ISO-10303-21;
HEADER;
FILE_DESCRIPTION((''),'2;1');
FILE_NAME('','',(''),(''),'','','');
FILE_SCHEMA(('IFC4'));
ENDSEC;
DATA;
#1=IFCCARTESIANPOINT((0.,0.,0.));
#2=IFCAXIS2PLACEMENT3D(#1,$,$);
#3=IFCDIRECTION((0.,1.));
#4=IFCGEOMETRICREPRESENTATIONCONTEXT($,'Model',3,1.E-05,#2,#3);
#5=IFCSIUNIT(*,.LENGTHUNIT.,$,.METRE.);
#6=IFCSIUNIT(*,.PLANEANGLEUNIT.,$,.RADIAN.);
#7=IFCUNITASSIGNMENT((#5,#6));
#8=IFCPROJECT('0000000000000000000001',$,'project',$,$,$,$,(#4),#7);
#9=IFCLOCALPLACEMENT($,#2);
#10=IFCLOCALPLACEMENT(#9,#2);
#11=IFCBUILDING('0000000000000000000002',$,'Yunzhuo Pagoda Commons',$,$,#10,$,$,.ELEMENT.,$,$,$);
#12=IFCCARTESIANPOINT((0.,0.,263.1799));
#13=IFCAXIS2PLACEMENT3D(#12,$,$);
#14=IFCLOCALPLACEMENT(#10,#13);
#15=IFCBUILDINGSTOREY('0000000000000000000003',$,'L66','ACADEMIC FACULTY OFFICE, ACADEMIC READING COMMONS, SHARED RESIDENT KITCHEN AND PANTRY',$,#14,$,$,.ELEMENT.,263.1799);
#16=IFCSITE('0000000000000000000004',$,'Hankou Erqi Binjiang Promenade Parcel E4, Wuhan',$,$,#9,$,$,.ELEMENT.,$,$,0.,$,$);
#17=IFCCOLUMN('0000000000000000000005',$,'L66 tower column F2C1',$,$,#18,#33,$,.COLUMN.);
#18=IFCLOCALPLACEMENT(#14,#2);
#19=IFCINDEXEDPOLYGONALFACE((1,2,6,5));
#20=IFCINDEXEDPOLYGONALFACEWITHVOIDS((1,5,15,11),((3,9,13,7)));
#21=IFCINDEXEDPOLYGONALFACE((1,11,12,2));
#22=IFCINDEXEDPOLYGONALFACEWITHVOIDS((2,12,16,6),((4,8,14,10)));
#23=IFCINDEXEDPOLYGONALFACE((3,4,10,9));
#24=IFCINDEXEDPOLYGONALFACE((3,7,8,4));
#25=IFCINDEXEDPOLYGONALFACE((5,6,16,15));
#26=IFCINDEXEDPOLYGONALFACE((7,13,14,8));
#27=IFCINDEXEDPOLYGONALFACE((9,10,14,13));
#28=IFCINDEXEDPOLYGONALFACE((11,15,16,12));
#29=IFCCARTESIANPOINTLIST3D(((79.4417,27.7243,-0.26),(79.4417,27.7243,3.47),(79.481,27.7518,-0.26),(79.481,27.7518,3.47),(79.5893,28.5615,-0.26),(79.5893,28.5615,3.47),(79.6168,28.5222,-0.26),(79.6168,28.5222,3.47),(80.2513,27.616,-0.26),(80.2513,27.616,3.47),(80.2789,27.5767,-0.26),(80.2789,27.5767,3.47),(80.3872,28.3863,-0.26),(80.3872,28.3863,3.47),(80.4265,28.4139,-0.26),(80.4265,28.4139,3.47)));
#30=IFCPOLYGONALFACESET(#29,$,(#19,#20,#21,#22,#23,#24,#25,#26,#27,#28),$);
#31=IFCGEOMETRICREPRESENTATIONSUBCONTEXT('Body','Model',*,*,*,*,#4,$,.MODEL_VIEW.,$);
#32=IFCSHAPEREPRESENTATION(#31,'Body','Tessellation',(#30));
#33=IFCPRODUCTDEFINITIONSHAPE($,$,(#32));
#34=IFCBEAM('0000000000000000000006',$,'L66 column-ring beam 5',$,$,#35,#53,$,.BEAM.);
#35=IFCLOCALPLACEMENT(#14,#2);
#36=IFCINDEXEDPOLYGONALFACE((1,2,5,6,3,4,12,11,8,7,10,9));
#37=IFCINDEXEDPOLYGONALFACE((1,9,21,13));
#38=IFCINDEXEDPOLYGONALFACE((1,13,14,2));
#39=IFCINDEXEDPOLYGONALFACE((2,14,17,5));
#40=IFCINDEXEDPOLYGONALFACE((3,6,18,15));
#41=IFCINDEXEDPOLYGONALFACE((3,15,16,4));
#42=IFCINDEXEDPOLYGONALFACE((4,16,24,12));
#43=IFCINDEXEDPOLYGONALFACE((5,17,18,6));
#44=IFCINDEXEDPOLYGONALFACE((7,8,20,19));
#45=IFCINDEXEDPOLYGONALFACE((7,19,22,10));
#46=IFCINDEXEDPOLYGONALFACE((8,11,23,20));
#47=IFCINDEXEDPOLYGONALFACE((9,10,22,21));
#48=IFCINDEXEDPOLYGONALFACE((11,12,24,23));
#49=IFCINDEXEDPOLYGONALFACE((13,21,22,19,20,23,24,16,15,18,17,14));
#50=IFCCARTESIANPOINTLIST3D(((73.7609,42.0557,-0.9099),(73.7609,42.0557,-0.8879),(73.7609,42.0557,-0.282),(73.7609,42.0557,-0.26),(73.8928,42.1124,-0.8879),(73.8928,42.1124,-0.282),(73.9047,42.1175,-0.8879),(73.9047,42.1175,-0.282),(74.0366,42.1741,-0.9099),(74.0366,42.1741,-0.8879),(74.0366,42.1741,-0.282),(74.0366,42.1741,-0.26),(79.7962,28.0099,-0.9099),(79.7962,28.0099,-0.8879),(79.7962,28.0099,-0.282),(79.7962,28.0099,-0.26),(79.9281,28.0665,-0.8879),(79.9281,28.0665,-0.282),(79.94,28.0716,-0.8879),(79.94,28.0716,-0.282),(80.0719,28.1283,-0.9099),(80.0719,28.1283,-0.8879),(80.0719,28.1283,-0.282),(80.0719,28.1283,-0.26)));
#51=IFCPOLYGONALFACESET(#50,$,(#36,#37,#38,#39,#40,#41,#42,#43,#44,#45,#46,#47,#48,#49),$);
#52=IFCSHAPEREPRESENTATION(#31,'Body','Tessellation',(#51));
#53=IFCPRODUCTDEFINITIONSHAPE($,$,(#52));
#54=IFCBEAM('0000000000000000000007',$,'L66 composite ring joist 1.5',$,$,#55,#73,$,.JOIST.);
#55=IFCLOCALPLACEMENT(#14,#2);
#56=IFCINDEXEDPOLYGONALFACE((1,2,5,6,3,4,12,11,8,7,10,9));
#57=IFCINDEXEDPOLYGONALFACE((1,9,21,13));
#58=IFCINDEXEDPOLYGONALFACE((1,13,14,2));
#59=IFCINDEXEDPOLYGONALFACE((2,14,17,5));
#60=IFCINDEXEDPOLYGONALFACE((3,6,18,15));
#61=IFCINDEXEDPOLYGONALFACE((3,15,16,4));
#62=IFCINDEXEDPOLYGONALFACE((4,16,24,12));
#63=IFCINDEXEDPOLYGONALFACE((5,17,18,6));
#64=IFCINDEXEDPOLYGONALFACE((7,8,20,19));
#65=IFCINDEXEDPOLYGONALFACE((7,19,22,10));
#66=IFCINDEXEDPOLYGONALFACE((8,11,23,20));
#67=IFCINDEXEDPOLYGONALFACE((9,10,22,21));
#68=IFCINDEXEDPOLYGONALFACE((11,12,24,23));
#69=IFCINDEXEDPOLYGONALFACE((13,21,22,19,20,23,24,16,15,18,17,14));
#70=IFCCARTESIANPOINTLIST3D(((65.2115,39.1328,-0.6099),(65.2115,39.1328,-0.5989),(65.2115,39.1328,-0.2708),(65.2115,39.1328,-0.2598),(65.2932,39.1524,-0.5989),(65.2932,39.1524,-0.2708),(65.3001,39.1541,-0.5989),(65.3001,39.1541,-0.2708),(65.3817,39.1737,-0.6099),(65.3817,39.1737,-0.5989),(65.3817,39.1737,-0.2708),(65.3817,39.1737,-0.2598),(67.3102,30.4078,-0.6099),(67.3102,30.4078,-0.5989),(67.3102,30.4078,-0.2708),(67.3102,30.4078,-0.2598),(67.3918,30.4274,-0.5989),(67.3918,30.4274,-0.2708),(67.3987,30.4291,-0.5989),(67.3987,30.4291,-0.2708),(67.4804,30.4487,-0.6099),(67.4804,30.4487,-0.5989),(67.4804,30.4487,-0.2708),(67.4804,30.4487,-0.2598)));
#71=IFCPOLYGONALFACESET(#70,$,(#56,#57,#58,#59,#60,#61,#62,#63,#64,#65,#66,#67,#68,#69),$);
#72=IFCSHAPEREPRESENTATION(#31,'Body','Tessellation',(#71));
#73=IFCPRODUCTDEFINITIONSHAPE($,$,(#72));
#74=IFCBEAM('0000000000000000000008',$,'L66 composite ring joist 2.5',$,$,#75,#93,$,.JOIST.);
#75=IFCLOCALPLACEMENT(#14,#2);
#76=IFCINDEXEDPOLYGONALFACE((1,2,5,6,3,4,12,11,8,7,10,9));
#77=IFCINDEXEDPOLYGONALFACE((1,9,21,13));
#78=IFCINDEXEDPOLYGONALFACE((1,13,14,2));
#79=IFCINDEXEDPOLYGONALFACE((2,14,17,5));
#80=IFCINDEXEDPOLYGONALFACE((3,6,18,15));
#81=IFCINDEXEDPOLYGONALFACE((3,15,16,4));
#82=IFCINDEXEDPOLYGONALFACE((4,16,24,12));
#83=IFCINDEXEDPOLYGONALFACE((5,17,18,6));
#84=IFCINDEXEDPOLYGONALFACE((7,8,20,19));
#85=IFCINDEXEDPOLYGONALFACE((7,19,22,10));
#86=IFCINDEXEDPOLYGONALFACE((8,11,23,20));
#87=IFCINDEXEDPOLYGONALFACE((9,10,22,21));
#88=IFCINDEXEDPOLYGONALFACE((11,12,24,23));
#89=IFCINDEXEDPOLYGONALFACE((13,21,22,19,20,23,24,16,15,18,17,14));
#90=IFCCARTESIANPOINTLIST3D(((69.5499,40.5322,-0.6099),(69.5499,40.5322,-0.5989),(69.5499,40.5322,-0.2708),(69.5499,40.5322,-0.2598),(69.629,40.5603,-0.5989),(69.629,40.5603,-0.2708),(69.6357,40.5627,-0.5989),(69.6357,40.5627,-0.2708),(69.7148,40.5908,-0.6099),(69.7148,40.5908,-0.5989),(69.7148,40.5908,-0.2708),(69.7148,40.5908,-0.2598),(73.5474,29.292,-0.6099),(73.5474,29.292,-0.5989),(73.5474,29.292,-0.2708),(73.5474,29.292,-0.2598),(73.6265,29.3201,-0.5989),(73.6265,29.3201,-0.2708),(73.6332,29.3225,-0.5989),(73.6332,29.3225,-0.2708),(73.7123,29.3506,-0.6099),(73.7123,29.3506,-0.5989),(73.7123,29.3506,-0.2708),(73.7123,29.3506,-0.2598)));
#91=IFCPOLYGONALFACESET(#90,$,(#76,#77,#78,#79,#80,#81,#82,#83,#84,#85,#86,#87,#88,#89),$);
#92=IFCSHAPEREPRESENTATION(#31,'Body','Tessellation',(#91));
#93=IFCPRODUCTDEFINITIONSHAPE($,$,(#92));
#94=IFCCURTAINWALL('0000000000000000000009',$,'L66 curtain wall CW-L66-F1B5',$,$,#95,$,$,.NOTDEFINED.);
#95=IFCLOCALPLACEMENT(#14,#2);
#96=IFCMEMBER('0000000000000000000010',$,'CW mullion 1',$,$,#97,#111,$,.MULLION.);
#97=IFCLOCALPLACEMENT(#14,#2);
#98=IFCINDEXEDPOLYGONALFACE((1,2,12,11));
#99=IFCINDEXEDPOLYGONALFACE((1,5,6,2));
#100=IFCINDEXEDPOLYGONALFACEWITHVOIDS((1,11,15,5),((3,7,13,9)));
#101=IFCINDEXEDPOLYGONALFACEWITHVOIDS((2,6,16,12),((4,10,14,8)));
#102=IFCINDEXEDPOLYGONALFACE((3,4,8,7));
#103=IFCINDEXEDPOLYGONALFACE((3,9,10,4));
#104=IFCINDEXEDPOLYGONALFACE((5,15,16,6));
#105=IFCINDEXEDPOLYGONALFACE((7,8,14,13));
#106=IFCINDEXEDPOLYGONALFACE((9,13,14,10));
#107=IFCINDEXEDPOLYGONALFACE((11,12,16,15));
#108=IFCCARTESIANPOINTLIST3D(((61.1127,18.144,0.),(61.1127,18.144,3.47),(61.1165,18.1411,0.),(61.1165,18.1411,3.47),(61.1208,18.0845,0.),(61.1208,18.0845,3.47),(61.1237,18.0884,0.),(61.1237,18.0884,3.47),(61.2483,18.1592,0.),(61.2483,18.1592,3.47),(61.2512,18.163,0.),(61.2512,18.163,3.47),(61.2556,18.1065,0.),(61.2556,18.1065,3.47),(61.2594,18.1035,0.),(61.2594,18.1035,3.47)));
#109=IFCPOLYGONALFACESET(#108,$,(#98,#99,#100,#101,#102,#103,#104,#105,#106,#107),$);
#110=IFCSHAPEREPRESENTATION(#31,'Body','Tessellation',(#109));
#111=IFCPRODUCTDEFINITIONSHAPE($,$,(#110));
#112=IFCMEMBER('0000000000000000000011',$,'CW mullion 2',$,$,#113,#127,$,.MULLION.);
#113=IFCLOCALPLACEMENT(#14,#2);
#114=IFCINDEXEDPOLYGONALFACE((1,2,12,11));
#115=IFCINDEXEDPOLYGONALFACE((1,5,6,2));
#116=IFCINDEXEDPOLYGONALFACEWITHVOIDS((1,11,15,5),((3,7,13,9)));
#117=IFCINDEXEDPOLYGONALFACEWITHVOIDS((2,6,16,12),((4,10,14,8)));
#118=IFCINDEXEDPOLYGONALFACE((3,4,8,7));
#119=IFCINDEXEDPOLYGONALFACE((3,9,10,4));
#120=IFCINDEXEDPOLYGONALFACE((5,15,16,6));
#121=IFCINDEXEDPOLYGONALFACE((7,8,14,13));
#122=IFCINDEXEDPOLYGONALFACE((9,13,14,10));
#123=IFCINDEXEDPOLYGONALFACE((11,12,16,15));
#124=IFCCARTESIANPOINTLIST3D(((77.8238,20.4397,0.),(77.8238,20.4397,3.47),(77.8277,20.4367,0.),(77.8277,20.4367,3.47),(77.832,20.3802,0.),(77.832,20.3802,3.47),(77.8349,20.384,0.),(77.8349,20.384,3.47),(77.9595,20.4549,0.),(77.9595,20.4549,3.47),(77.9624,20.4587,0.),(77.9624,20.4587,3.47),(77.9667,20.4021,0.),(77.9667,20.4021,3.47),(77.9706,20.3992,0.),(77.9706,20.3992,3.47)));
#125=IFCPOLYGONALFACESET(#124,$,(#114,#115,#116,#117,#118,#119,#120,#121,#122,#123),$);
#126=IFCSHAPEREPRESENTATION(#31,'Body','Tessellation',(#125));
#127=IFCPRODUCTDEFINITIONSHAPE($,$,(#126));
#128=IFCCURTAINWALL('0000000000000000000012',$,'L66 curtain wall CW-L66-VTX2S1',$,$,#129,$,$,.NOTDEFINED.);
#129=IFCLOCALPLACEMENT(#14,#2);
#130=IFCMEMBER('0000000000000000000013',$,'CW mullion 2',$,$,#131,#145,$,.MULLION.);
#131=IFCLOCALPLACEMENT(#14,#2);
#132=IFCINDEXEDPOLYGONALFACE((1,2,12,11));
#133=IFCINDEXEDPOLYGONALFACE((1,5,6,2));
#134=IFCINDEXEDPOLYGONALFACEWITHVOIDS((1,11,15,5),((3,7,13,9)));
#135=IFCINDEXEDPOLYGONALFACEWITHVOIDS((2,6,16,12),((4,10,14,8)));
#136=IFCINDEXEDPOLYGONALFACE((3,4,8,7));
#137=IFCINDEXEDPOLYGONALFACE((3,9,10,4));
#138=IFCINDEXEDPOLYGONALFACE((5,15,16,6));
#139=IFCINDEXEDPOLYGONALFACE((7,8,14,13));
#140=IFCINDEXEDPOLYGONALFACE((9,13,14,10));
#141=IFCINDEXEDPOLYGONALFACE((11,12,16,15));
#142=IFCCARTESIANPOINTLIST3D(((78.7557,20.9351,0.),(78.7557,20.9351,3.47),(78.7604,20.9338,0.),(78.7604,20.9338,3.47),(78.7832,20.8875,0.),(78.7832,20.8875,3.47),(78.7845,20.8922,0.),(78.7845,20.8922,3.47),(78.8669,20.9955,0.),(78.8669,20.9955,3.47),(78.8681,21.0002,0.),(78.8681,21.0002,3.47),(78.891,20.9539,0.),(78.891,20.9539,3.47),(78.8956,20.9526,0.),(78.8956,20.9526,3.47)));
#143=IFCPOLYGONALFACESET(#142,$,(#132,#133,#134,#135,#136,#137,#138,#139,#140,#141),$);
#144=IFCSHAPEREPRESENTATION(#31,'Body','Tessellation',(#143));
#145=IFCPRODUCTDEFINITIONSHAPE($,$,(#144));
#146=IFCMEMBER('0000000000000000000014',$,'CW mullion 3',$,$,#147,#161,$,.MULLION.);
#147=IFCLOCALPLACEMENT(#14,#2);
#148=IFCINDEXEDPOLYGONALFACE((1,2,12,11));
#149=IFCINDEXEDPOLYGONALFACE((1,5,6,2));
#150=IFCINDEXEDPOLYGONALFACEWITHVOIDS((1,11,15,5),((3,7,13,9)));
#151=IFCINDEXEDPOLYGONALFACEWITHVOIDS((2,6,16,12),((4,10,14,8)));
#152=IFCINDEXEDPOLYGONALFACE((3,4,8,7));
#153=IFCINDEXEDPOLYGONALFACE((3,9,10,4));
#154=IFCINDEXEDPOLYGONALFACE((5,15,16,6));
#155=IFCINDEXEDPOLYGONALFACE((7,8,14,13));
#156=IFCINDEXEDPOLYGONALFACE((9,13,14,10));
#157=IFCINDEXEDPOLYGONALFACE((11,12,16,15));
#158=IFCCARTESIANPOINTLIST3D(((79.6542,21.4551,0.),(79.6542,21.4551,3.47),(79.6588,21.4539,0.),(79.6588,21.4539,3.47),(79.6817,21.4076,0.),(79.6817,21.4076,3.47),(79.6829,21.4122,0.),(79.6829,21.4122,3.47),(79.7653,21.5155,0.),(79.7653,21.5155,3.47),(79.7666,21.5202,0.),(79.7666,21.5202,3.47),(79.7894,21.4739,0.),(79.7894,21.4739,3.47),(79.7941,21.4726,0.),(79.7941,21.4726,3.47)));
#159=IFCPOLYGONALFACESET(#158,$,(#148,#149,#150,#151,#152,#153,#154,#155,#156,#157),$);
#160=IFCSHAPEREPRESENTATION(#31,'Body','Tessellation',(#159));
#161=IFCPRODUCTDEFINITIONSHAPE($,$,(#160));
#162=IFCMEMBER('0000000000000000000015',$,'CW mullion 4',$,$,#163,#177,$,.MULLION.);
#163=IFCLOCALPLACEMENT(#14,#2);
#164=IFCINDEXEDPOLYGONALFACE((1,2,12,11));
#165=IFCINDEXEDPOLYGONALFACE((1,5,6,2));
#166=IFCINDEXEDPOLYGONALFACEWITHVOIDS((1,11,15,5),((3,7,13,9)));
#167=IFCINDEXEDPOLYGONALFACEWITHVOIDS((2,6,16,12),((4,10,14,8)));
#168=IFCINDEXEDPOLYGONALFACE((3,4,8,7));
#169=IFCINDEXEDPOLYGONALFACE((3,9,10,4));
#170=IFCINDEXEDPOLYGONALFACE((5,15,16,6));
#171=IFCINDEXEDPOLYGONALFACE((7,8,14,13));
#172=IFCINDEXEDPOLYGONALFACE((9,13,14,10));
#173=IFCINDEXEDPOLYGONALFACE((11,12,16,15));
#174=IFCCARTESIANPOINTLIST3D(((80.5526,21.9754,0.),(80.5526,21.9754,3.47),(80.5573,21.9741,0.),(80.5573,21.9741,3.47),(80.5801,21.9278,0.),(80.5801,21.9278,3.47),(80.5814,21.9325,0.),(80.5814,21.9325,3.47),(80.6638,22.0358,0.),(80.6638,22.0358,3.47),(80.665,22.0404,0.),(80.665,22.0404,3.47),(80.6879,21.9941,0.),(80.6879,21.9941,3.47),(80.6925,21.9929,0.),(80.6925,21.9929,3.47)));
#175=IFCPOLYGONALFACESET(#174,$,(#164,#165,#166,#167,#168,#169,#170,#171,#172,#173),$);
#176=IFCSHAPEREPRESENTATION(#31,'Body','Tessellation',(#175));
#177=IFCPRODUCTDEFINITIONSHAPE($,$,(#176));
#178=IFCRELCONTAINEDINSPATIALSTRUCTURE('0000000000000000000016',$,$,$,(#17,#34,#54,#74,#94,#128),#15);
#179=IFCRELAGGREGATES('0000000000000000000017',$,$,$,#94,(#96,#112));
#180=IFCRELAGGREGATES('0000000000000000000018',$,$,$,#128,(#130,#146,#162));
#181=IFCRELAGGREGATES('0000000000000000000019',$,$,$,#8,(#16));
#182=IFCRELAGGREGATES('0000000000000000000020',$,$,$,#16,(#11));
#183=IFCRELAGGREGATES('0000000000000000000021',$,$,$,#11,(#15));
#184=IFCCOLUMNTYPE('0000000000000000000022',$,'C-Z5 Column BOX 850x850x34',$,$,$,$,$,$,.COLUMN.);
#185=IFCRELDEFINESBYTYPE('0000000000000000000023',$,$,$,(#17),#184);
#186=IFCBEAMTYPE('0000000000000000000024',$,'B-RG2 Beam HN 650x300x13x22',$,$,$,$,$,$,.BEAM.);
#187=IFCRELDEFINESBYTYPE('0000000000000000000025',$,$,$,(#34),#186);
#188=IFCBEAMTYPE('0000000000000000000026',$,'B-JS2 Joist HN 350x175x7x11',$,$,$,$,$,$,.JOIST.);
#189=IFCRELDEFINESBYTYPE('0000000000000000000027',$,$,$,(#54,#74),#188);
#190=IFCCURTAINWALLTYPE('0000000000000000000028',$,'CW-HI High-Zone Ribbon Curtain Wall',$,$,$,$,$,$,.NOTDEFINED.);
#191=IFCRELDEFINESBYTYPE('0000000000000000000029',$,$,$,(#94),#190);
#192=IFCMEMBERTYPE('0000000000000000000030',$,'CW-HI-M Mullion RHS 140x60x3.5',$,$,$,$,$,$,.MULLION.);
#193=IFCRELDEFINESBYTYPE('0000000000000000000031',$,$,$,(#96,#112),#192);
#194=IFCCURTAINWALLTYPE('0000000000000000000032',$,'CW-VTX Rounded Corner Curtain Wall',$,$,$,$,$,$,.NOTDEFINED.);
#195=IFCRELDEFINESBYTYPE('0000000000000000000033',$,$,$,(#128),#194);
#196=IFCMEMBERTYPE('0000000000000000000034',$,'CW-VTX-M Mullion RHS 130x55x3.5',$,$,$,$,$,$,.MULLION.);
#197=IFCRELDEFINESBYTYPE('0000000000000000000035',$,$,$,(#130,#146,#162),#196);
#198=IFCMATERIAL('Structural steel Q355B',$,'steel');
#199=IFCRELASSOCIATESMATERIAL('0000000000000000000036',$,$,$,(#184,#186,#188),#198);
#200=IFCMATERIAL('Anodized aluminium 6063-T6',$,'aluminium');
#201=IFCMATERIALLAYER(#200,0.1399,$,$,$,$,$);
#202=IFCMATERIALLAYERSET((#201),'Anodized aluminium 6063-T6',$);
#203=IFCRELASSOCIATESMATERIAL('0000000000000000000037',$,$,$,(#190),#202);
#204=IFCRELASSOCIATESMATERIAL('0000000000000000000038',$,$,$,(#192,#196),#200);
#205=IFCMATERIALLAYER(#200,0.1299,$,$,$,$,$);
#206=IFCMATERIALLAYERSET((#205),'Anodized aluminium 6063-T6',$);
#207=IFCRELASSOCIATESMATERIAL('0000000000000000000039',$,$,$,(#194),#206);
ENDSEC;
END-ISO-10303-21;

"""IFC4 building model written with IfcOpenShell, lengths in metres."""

from ifc_helpers import new_model, si_unit, direction, frame, origin, origin_2d, place, context, subcontext, project, spatial, hollow_rectangle, i_section, extrude, source, transform, mapped, material, layer, layer_set, material_profile, profile_set, type_object, element, aggregate, save


model = new_model("IFC4")

# Units and contexts
model_context = context("Model", 3, precision=1e-05, world=origin(), true_north=direction((0.0, 1.0)))
body_context = subcontext(model_context, "Body", "Model", "MODEL_VIEW")
ifc_project = project(units=[si_unit("LENGTHUNIT", "METRE"), si_unit("PLANEANGLEUNIT", "RADIAN")], contexts=[model_context])

# Site, building, storey
site_placement = place(None, origin())
site = spatial("IfcSite", under=ifc_project, at=site_placement, Name="Hankou Erqi Binjiang Promenade Parcel E4, Wuhan", CompositionType="ELEMENT", RefElevation=0.0)
building_placement = place(site_placement, origin())
building = spatial("IfcBuilding", under=site, at=building_placement, Name="Yunzhuo Pagoda Commons", CompositionType="ELEMENT")
storey_placement = place(building_placement, frame((0.0, 0.0, 263.1799)))
storey = spatial("IfcBuildingStorey", under=building, at=storey_placement, Name="L66", Description="ACADEMIC FACULTY OFFICE, ACADEMIC READING COMMONS, SHARED RESIDENT KITCHEN AND PANTRY", CompositionType="ELEMENT", Elevation=263.1799)

# Column
ifc_material_1 = material(Name="Structural steel Q355B", Category="steel")
ifc_material_profile_1 = material_profile(ifc_material_1, hollow_rectangle(XDim=0.8501, YDim=0.8501, WallThickness=0.0339, at=origin_2d()), Name="Structural steel Q355B")
ifc_profile_set_1 = profile_set([ifc_material_profile_1], Name="Structural steel Q355B")
column_type = type_object("IfcColumnType", Name="C-Z5 Column BOX 850x850x34", PredefinedType="COLUMN", material=ifc_profile_set_1)
shared_shape_1 = source(origin(), body_context, "Body", "SweptSolid", [
    extrude(hollow_rectangle(XDim=0.8501, YDim=0.8501, WallThickness=0.0339, at=origin_2d()), origin(), (0.0, 0.0, 1.0), 3.73),
])
column_placement = place(storey_placement, frame((79.9341, 28.0691, -0.26), z_axis=(0.0, 0.0, 1.0), x_axis=(0.173648, 0.984808, 0.0)))
element("IfcColumn", 1, at=column_placement, inside=storey, type_object=column_type, Name="L66 tower column F2C1", PredefinedType="COLUMN", context=body_context, shape_type="MappedRepresentation", body=[
    mapped(shared_shape_1, transform((0.0, 0.0, 0.0), scale=1.0)),
])

# Beams
ifc_material_profile_2 = material_profile(ifc_material_1, i_section(OverallWidth=0.3, OverallDepth=0.6499, WebThickness=0.0129, FlangeThickness=0.022, at=origin_2d()), Name="Structural steel Q355B")
ifc_profile_set_2 = profile_set([ifc_material_profile_2], Name="Structural steel Q355B")
beam_type_1 = type_object("IfcBeamType", Name="B-RG2 Beam HN 650x300x13x22", PredefinedType="BEAM", material=ifc_profile_set_2)
shared_shape_2 = source(origin(), body_context, "Body", "SweptSolid", [
    extrude(i_section(OverallWidth=0.3, OverallDepth=0.6499, WebThickness=0.0129, FlangeThickness=0.022, at=origin_2d()), origin(), (0.0, 0.0, 1.0), 15.2876),
])
beam_1_placement = place(storey_placement, frame((79.9341, 28.0691, -0.585), z_axis=(-0.394788, 0.918772, 0.0), x_axis=(-0.918772, -0.394788, 0.0)))
element("IfcBeam", 2, at=beam_1_placement, inside=storey, type_object=beam_type_1, Name="L66 column-ring beam 5", PredefinedType="BEAM", context=body_context, shape_type="MappedRepresentation", body=[
    mapped(shared_shape_2, transform((0.0, 0.0, 0.0), scale=1.0)),
])
ifc_material_profile_3 = material_profile(ifc_material_1, i_section(OverallWidth=0.175, OverallDepth=0.3501, WebThickness=0.0071, FlangeThickness=0.011, at=origin_2d()), Name="Structural steel Q355B")
ifc_profile_set_3 = profile_set([ifc_material_profile_3], Name="Structural steel Q355B")
beam_type_2 = type_object("IfcBeamType", Name="B-JS2 Joist HN 350x175x7x11", PredefinedType="JOIST", material=ifc_profile_set_3)
shared_shape_3 = source(origin(), body_context, "Body", "SweptSolid", [
    extrude(i_section(OverallWidth=0.175, OverallDepth=0.3501, WebThickness=0.0071, FlangeThickness=0.011, at=origin_2d()), origin(), (0.0, 0.0, 1.0), 8.9739),
])
beam_2_placement = place(storey_placement, frame((67.3953, 30.4282, -0.4348), z_axis=(-0.233859, 0.972271, 0.0), x_axis=(-0.972271, -0.233859, 0.0)))
element("IfcBeam", 3, at=beam_2_placement, inside=storey, type_object=beam_type_2, Name="L66 composite ring joist 1.5", PredefinedType="JOIST", context=body_context, shape_type="MappedRepresentation", body=[
    mapped(shared_shape_3, transform((0.0, 0.0, 0.0), scale=1.0)),
])
shared_shape_4 = source(origin(), body_context, "Body", "SweptSolid", [
    extrude(i_section(OverallWidth=0.175, OverallDepth=0.3501, WebThickness=0.0071, FlangeThickness=0.011, at=origin_2d()), origin(), (0.0, 0.0, 1.0), 11.9299),
])
beam_3_placement = place(storey_placement, frame((73.6299, 29.3213, -0.4348), z_axis=(-0.335086, 0.942187, 0.0), x_axis=(-0.942187, -0.335086, 0.0)))
element("IfcBeam", 4, at=beam_3_placement, inside=storey, type_object=beam_type_2, Name="L66 composite ring joist 2.5", PredefinedType="JOIST", context=body_context, shape_type="MappedRepresentation", body=[
    mapped(shared_shape_4, transform((0.0, 0.0, 0.0), scale=1.0)),
])

# Curtain walls, members
ifc_material_2 = material(Name="Anodized aluminium 6063-T6", Category="aluminium")
ifc_layer_1 = layer(ifc_material_2, 0.1399)
ifc_layer_set_1 = layer_set([ifc_layer_1], Name="Anodized aluminium 6063-T6")
curtain_wall_type_1 = type_object("IfcCurtainWallType", Name="CW-HI High-Zone Ribbon Curtain Wall", PredefinedType="NOTDEFINED", material=ifc_layer_set_1)
curtain_wall_1_placement = place(storey_placement, origin())
curtain_wall_1 = element("IfcCurtainWall", 5, at=curtain_wall_1_placement, inside=storey, type_object=curtain_wall_type_1, Name="L66 curtain wall CW-L66-F1B5", PredefinedType="NOTDEFINED")
ifc_material_profile_4 = material_profile(ifc_material_2, hollow_rectangle(XDim=0.0601, YDim=0.1399, WallThickness=0.0034, at=origin_2d()), Name="Anodized aluminium 6063-T6")
ifc_profile_set_4 = profile_set([ifc_material_profile_4], Name="Anodized aluminium 6063-T6")
member_type_1 = type_object("IfcMemberType", Name="CW-HI-M Mullion RHS 140x60x3.5", PredefinedType="MULLION", material=ifc_profile_set_4)
shared_shape_5 = source(origin(), body_context, "Body", "SweptSolid", [
    extrude(hollow_rectangle(XDim=0.0601, YDim=0.1399, WallThickness=0.0034, at=origin_2d()), origin(), (0.0, 0.0, 1.0), 3.47),
])
member_1_placement = place(storey_placement, frame((61.186, 18.1238, 0.0), z_axis=(0.0, 0.0, 1.0), x_axis=(-0.136099, 0.990695, 0.0)))
member_1 = element("IfcMember", 6, at=member_1_placement, type_object=member_type_1, Name="CW mullion 1", PredefinedType="MULLION", context=body_context, shape_type="MappedRepresentation", body=[
    mapped(shared_shape_5, transform((0.0, 0.0, 0.0), scale=1.0)),
])
member_2_placement = place(storey_placement, frame((77.8972, 20.4194, 0.0), z_axis=(0.0, 0.0, 1.0), x_axis=(-0.136099, 0.990695, 0.0)))
member_2 = element("IfcMember", 7, at=member_2_placement, type_object=member_type_1, Name="CW mullion 2", PredefinedType="MULLION", context=body_context, shape_type="MappedRepresentation", body=[
    mapped(shared_shape_5, transform((0.0, 0.0, 0.0), scale=1.0)),
])
ifc_layer_2 = layer(ifc_material_2, 0.1299)
ifc_layer_set_2 = layer_set([ifc_layer_2], Name="Anodized aluminium 6063-T6")
curtain_wall_type_2 = type_object("IfcCurtainWallType", Name="CW-VTX Rounded Corner Curtain Wall", PredefinedType="NOTDEFINED", material=ifc_layer_set_2)
curtain_wall_2_placement = place(storey_placement, origin())
curtain_wall_2 = element("IfcCurtainWall", 8, at=curtain_wall_2_placement, inside=storey, type_object=curtain_wall_type_2, Name="L66 curtain wall CW-L66-VTX2S1", PredefinedType="NOTDEFINED")
ifc_material_profile_5 = material_profile(ifc_material_2, hollow_rectangle(XDim=0.0549, YDim=0.1299, WallThickness=0.0034, at=origin_2d()), Name="Anodized aluminium 6063-T6")
ifc_profile_set_5 = profile_set([ifc_material_profile_5], Name="Anodized aluminium 6063-T6")
member_type_2 = type_object("IfcMemberType", Name="CW-VTX-M Mullion RHS 130x55x3.5", PredefinedType="MULLION", material=ifc_profile_set_5)
shared_shape_6 = source(origin(), body_context, "Body", "SweptSolid", [
    extrude(hollow_rectangle(XDim=0.0549, YDim=0.1299, WallThickness=0.0034, at=origin_2d()), origin(), (0.0, 0.0, 1.0), 3.47),
])
member_3_placement = place(storey_placement, frame((78.8257, 20.9438, 0.0), z_axis=(0.0, 0.0, 1.0), x_axis=(-0.501027, 0.865432, 0.0)))
member_3 = element("IfcMember", 9, at=member_3_placement, type_object=member_type_2, Name="CW mullion 2", PredefinedType="MULLION", context=body_context, shape_type="MappedRepresentation", body=[
    mapped(shared_shape_6, transform((0.0, 0.0, 0.0), scale=1.0)),
])
member_4_placement = place(storey_placement, frame((79.7241, 21.4639, 0.0), z_axis=(0.0, 0.0, 1.0), x_axis=(-0.501027, 0.865432, 0.0)))
member_4 = element("IfcMember", 10, at=member_4_placement, type_object=member_type_2, Name="CW mullion 3", PredefinedType="MULLION", context=body_context, shape_type="MappedRepresentation", body=[
    mapped(shared_shape_6, transform((0.0, 0.0, 0.0), scale=1.0)),
])
member_5_placement = place(storey_placement, frame((80.6226, 21.9841, 0.0), z_axis=(0.0, 0.0, 1.0), x_axis=(-0.501027, 0.865432, 0.0)))
member_5 = element("IfcMember", 11, at=member_5_placement, type_object=member_type_2, Name="CW mullion 4", PredefinedType="MULLION", context=body_context, shape_type="MappedRepresentation", body=[
    mapped(shared_shape_6, transform((0.0, 0.0, 0.0), scale=1.0)),
])

aggregate(curtain_wall_1, [member_1, member_2])
aggregate(curtain_wall_2, [member_3, member_4, member_5])

save(model, "model.ifc")
